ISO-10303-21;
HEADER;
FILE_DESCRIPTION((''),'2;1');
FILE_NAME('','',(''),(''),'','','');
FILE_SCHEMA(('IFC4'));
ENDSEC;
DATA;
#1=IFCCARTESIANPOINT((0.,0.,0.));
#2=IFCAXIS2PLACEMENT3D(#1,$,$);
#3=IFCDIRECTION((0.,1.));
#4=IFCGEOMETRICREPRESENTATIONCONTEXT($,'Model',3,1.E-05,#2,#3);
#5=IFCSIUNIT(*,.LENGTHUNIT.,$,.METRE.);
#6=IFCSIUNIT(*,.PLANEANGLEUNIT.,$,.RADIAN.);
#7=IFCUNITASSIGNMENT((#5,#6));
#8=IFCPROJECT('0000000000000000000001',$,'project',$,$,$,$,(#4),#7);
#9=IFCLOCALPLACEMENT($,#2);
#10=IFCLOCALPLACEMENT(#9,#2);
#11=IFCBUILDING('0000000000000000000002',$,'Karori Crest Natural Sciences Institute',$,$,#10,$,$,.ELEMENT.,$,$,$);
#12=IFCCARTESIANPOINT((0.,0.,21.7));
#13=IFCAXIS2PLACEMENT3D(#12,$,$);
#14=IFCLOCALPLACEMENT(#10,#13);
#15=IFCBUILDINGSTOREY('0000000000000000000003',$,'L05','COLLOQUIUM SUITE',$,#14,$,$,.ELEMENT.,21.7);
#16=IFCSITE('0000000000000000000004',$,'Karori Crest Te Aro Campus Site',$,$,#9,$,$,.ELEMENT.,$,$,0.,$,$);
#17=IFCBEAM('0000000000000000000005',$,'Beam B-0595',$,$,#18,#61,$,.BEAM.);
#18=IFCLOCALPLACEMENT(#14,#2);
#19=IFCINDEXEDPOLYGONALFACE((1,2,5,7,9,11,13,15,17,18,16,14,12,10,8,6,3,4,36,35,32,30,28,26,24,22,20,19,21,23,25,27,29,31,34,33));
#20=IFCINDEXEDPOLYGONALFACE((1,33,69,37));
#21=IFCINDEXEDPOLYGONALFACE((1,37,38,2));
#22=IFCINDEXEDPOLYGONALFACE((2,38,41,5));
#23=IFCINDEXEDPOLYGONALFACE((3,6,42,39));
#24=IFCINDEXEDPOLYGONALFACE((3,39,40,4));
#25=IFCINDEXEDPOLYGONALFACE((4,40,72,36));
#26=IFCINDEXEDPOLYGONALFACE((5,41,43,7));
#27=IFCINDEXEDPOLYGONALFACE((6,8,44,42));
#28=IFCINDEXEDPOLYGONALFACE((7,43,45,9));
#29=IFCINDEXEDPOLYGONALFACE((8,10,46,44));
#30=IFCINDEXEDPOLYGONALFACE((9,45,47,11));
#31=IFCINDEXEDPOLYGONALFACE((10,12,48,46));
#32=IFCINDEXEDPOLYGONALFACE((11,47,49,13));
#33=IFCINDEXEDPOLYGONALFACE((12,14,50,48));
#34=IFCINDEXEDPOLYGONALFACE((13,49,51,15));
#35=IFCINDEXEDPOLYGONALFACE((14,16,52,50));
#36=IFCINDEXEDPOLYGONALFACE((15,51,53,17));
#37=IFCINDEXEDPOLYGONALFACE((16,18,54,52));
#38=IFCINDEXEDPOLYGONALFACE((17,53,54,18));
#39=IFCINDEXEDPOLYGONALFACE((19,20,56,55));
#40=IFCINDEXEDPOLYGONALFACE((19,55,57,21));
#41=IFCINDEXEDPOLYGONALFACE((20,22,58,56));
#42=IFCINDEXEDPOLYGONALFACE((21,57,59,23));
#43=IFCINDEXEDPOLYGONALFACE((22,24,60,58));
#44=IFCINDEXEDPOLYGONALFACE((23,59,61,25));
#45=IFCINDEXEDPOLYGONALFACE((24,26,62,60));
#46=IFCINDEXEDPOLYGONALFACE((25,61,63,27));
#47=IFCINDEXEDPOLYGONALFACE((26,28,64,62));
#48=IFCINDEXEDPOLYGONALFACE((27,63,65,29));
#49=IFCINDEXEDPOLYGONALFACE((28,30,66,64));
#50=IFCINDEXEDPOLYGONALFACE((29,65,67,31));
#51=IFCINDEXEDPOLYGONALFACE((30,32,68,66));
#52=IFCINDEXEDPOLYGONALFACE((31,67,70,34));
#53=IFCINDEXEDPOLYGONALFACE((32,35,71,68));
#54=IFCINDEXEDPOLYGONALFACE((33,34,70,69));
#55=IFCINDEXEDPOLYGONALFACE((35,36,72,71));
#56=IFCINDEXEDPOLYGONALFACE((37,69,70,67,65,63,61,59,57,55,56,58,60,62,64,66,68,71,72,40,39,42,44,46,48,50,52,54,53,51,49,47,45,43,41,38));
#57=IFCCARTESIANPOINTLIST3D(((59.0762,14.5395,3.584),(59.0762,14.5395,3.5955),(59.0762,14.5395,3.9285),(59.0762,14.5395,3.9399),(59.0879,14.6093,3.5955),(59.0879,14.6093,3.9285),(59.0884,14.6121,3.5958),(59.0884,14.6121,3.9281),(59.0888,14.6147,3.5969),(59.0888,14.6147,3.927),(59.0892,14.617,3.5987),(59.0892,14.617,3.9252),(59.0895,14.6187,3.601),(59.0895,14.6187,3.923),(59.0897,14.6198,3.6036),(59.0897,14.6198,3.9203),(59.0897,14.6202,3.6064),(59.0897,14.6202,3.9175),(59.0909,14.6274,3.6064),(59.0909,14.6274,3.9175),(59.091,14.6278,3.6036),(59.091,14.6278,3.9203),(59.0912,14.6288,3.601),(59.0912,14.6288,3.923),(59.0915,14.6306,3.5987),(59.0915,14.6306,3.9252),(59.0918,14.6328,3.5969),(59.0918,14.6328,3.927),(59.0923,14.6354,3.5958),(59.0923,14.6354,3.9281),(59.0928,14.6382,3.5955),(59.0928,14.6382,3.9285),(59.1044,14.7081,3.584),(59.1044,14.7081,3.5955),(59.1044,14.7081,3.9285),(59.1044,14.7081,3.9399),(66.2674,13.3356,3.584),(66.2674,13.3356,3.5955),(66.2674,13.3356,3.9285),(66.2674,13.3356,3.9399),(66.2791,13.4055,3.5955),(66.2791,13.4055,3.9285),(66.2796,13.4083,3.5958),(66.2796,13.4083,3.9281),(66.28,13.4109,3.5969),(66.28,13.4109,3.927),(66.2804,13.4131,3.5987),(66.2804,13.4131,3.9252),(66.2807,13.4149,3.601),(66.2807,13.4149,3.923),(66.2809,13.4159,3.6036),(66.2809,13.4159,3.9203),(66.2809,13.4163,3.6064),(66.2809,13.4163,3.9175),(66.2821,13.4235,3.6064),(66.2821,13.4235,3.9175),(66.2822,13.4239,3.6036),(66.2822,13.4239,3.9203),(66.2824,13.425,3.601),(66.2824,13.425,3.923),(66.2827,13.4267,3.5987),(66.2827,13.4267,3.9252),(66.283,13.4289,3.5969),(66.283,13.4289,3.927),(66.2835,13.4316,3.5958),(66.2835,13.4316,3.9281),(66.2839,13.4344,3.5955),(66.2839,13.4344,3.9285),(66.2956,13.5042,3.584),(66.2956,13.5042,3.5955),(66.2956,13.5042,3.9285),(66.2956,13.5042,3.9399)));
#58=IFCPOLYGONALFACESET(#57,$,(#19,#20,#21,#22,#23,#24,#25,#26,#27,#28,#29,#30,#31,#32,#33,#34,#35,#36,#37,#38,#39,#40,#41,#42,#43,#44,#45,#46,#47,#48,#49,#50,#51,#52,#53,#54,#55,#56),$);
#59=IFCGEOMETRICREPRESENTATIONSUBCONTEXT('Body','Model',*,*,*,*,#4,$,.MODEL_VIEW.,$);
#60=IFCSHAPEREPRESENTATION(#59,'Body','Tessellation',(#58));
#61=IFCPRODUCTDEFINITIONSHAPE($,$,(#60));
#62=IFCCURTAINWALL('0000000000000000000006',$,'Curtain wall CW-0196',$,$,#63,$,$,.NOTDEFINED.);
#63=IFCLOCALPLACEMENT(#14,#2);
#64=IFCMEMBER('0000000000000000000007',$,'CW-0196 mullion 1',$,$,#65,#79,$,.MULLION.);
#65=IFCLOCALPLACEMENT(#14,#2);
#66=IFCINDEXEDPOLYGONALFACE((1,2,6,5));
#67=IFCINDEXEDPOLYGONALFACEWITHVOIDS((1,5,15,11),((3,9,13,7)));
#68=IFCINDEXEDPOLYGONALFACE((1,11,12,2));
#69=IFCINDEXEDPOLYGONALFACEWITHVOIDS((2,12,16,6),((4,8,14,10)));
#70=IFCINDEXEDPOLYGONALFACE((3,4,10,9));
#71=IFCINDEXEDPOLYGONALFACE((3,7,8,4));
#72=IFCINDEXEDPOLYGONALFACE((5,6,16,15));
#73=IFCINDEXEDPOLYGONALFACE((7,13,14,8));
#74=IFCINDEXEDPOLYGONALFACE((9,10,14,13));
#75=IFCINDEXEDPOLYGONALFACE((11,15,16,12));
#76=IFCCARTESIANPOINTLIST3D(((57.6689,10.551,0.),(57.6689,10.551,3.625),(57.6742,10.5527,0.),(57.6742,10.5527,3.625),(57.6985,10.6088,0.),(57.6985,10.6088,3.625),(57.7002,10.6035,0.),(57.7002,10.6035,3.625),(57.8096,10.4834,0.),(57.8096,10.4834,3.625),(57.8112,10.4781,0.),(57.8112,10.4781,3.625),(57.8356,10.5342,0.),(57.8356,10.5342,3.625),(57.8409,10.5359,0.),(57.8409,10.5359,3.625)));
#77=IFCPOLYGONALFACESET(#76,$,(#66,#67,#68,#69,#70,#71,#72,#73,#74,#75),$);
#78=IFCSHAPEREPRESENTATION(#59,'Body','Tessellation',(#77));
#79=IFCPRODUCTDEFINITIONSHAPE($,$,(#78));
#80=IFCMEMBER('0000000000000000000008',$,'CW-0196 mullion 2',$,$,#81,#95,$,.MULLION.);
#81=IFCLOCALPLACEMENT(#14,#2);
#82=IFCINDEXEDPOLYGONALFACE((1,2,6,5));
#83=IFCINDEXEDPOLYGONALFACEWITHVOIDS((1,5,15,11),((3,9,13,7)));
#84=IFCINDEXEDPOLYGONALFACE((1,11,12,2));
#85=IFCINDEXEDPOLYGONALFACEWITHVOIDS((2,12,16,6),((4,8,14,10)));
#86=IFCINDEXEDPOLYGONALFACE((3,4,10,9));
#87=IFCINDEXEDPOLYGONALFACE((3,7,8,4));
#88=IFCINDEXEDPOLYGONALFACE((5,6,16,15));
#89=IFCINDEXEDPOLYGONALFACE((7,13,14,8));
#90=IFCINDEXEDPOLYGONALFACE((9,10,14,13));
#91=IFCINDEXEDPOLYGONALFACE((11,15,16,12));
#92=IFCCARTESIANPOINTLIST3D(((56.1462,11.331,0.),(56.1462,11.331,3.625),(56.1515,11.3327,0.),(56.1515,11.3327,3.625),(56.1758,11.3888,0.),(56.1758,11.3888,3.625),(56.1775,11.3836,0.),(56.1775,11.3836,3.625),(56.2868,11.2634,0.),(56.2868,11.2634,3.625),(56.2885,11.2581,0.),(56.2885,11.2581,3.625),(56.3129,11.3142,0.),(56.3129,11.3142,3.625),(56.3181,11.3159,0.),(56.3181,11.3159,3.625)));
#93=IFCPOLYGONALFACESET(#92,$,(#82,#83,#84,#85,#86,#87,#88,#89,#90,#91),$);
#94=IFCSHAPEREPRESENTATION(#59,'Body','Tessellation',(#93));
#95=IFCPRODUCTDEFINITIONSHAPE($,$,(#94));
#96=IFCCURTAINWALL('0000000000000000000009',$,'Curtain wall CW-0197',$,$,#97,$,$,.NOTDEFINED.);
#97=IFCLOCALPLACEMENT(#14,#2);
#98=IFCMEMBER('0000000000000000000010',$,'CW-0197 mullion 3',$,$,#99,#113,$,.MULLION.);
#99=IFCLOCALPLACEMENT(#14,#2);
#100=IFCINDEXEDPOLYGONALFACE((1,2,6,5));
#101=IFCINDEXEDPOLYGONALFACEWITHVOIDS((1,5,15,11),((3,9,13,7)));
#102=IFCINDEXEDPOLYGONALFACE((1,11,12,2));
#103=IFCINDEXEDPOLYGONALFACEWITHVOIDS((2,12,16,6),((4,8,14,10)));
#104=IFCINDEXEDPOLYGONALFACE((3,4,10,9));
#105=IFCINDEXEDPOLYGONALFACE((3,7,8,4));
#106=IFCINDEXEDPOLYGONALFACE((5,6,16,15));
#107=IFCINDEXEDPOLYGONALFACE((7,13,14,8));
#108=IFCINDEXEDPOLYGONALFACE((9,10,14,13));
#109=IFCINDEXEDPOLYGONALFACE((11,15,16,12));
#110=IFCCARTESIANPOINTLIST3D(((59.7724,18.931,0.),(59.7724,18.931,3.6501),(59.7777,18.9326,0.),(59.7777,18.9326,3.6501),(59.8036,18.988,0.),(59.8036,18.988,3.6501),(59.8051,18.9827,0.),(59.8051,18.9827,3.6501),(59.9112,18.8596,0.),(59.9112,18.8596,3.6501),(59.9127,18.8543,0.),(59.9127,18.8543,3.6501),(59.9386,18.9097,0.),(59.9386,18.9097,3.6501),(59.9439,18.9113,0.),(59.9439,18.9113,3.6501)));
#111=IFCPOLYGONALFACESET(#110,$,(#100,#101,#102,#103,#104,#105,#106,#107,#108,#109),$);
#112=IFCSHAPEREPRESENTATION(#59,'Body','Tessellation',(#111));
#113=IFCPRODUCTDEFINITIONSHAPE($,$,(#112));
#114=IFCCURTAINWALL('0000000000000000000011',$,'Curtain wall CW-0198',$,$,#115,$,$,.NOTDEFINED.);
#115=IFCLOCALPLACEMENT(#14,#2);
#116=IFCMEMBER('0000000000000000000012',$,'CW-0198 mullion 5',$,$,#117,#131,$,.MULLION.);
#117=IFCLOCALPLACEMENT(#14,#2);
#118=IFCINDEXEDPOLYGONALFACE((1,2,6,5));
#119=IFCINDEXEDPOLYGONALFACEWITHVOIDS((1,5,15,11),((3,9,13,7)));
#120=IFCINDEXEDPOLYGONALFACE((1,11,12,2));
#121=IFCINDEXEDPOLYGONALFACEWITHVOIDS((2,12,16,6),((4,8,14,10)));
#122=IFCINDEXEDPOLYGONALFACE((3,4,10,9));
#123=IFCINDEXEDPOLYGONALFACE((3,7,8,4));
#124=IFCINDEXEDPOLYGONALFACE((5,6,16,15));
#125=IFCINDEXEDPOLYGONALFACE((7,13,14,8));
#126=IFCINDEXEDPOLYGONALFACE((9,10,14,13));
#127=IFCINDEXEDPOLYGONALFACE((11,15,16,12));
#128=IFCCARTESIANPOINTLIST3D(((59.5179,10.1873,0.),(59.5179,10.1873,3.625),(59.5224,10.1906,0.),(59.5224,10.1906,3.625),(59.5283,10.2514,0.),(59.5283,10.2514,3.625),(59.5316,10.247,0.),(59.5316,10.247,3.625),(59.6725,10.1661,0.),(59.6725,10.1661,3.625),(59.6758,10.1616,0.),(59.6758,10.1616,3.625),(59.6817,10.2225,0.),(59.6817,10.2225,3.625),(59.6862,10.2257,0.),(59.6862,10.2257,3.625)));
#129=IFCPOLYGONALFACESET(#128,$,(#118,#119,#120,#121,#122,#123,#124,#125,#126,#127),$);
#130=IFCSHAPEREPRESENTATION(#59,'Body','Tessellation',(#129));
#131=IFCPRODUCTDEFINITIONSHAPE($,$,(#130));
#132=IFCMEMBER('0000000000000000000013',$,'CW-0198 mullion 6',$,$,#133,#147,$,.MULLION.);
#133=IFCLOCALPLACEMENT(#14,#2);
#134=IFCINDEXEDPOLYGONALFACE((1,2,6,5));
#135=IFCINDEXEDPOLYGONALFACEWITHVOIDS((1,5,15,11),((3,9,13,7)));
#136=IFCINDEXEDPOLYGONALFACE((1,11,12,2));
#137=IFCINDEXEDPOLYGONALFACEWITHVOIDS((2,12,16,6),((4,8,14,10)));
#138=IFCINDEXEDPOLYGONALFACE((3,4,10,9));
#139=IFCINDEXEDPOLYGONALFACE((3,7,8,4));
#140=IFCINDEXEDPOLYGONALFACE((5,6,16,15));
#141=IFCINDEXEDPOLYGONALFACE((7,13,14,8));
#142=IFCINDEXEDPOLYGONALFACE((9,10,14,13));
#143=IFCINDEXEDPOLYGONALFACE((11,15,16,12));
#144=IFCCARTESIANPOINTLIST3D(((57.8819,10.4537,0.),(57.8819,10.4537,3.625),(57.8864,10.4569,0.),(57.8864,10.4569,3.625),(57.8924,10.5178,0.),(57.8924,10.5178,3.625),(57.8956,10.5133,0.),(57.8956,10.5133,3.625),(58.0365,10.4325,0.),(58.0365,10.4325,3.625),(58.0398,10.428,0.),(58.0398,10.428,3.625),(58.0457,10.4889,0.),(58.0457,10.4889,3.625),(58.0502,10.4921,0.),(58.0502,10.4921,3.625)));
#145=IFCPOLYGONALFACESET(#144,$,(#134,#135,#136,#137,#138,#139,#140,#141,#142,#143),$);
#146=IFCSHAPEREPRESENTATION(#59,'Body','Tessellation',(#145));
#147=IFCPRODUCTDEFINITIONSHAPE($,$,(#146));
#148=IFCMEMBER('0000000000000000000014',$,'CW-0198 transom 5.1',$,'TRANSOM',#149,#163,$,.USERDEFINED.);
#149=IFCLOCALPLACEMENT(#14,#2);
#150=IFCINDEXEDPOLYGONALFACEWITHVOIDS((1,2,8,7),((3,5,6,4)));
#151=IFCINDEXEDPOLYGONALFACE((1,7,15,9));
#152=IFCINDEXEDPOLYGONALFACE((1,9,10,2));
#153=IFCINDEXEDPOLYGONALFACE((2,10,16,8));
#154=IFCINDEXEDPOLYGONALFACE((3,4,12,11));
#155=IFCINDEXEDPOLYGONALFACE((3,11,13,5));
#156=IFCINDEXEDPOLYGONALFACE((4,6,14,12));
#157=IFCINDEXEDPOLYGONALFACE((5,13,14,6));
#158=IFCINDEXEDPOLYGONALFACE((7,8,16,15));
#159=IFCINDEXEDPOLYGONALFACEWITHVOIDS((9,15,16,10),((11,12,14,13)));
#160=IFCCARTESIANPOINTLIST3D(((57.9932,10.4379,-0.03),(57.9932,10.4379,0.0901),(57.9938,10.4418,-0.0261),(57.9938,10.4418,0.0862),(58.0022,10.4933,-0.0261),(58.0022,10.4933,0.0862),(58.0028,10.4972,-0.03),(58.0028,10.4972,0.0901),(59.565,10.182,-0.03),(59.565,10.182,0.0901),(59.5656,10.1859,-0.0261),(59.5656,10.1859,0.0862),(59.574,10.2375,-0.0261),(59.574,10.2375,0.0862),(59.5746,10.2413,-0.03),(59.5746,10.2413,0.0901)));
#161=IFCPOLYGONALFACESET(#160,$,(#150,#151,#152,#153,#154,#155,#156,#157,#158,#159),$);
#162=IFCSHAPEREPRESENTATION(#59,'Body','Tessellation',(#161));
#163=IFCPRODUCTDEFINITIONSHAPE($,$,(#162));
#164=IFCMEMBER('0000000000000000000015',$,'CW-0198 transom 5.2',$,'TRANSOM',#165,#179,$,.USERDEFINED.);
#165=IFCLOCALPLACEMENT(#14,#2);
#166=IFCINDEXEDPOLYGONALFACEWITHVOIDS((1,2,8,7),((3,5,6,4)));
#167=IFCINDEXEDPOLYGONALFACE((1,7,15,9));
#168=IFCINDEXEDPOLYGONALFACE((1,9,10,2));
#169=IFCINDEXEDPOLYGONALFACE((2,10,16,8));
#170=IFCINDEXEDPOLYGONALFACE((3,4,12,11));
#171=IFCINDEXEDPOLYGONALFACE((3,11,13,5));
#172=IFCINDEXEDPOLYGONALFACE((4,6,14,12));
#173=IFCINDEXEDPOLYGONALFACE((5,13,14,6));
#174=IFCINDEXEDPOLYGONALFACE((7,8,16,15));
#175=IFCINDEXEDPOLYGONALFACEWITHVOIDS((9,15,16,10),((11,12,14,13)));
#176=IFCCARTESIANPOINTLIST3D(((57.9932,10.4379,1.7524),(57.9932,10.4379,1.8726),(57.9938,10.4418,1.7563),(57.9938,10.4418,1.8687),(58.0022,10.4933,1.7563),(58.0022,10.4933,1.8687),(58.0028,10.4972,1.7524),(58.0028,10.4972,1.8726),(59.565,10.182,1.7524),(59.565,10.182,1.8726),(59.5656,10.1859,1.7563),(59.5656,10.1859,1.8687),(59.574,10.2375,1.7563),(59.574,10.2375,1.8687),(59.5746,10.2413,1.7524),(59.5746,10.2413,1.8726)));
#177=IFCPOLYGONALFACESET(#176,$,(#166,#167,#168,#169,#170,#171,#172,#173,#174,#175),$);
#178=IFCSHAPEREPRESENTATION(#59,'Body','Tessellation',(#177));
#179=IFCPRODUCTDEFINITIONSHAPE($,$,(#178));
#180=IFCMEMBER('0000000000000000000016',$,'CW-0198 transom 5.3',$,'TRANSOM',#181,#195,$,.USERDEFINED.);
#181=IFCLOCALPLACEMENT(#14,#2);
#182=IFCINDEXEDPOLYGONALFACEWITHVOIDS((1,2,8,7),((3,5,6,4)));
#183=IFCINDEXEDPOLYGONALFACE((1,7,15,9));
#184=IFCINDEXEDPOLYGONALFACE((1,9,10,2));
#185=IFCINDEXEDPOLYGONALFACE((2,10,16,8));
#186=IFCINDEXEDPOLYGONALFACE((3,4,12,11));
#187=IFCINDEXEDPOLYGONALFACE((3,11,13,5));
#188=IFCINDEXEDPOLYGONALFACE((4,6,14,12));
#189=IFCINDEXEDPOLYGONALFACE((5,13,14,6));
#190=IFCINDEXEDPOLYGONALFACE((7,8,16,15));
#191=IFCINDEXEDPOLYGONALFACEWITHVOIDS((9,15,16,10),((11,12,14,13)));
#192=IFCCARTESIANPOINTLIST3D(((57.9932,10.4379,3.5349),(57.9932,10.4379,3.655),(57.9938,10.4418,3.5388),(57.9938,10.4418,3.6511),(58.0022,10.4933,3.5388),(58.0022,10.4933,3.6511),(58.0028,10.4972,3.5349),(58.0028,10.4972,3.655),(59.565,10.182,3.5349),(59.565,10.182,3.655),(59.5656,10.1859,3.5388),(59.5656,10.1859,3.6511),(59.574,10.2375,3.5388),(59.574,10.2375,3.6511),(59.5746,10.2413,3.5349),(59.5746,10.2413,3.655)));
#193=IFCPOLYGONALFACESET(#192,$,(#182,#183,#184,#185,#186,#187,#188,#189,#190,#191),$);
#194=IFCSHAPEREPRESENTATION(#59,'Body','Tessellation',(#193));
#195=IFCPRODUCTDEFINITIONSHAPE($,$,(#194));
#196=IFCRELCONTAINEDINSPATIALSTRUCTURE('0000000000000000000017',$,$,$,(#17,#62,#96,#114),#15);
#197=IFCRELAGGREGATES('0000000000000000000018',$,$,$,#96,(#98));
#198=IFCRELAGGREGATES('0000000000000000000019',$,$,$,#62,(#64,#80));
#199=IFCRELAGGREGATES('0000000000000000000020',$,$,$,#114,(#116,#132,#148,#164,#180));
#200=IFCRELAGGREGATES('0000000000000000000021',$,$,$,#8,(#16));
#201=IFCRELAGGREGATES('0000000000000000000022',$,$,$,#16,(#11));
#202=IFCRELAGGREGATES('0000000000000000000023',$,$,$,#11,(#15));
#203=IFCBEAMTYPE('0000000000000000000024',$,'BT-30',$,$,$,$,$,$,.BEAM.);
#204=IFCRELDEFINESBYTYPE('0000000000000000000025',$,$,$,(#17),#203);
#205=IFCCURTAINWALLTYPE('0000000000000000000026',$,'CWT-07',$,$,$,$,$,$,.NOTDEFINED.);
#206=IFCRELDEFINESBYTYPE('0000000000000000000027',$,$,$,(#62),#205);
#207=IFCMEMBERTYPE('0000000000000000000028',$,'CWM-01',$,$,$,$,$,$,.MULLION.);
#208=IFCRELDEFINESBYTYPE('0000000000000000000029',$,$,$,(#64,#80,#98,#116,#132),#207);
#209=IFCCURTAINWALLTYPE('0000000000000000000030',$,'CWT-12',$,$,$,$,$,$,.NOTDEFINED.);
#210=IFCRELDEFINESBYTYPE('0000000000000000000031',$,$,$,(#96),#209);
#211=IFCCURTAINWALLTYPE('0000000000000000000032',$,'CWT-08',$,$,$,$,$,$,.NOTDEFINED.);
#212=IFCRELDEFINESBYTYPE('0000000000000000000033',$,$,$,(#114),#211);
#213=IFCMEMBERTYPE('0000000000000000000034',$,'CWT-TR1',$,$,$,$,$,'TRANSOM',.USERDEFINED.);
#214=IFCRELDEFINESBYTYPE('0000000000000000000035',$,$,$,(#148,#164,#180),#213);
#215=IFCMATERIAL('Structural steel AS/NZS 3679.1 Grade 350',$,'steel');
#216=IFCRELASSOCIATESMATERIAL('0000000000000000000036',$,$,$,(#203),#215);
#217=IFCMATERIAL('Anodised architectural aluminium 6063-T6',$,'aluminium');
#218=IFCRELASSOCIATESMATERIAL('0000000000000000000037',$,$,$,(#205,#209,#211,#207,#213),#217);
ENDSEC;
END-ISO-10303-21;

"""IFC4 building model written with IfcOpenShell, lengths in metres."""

from ifc_helpers import new_model, si_unit, direction, frame, origin, origin_2d, place, context, subcontext, project, spatial, hollow_rectangle, i_section, extrude, material, material_profile, profile_set, type_object, element, aggregate, save


model = new_model("IFC4")

# Units and contexts
model_context = context("Model", 3, precision=1e-05, world=origin(), true_north=direction((0.0, 1.0)))
body_context = subcontext(model_context, "Body", "Model", "MODEL_VIEW")
ifc_project = project(units=[si_unit("LENGTHUNIT", "METRE"), si_unit("PLANEANGLEUNIT", "RADIAN")], contexts=[model_context])

# Site, building, storey
site_placement = place(None, origin())
site = spatial("IfcSite", under=ifc_project, at=site_placement, Name="Karori Crest Te Aro Campus Site", CompositionType="ELEMENT", RefElevation=0.0)
building_placement = place(site_placement, origin())
building = spatial("IfcBuilding", under=site, at=building_placement, Name="Karori Crest Natural Sciences Institute", CompositionType="ELEMENT")
storey_placement = place(building_placement, frame((0.0, 0.0, 21.7)))
storey = spatial("IfcBuildingStorey", under=building, at=storey_placement, Name="L05", Description="COLLOQUIUM SUITE", CompositionType="ELEMENT", Elevation=21.7)

# Shared definitions
ifc_material_1 = material(Name="Structural steel AS/NZS 3679.1 Grade 350", Category="steel")

# Beam
ifc_material_profile_1 = material_profile(ifc_material_1, i_section(OverallWidth=0.1709, OverallDepth=0.356, WebThickness=0.0073, FlangeThickness=0.0115, FilletRadius=0.011, at=origin_2d()), Name="360UB50.7")
ifc_profile_set_1 = profile_set([ifc_material_profile_1], Name="Structural steel AS/NZS 3679.1 Grade 350")
beam_type_1 = type_object("IfcBeamType", Name="BT-30", PredefinedType="BEAM", material=ifc_profile_set_1)
beam_1_placement = place(storey_placement, frame((59.0903, 14.6238, 3.762), z_axis=(0.986275, -0.16511, 0.0), x_axis=(0.16511, 0.986275, 0.0)))
element("IfcBeam", 1, at=beam_1_placement, inside=storey, type_object=beam_type_1, Name="Beam B-0595", PredefinedType="BEAM", context=body_context, shape_type="SweptSolid", body=[
    extrude(i_section(OverallWidth=0.1709, OverallDepth=0.356, WebThickness=0.0073, FlangeThickness=0.0115, FilletRadius=0.011, at=origin_2d()), origin(), (0.0, 0.0, 1.0), 7.2913),
])

# Curtain wall, members
ifc_material_2 = material(Name="Anodised architectural aluminium 6063-T6", Category="aluminium")
curtain_wall_type_1 = type_object("IfcCurtainWallType", Name="CWT-07", PredefinedType="NOTDEFINED", material=ifc_material_2)
curtain_wall_1_placement = place(storey_placement, origin())
curtain_wall_1 = element("IfcCurtainWall", 2, at=curtain_wall_1_placement, inside=storey, type_object=curtain_wall_type_1, Name="Curtain wall CW-0196", PredefinedType="NOTDEFINED")
ifc_material_profile_2 = material_profile(ifc_material_2, hollow_rectangle(XDim=0.0649, YDim=0.1599, WallThickness=0.0039, at=origin_2d()), Name="CWM160x65x4")
ifc_profile_set_2 = profile_set([ifc_material_profile_2], Name="Anodised architectural aluminium 6063-T6")
member_type_1 = type_object("IfcMemberType", Name="CWM-01", PredefinedType="MULLION", material=ifc_profile_set_2)
member_1_placement = place(storey_placement, frame((57.7549, 10.5435, 0.0), z_axis=(0.0, 0.0, 1.0), x_axis=(-0.455829, -0.890067, 0.0)))
member_1 = element("IfcMember", 3, at=member_1_placement, type_object=member_type_1, Name="CW-0196 mullion 1", PredefinedType="MULLION", context=body_context, shape_type="SweptSolid", body=[
    extrude(hollow_rectangle(XDim=0.0649, YDim=0.1599, WallThickness=0.0039, at=origin_2d()), origin(), (0.0, 0.0, 1.0), 3.625),
])
member_2_placement = place(storey_placement, frame((56.2322, 11.3235, 0.0), z_axis=(0.0, 0.0, 1.0), x_axis=(-0.455829, -0.890067, 0.0)))
member_2 = element("IfcMember", 4, at=member_2_placement, type_object=member_type_1, Name="CW-0196 mullion 2", PredefinedType="MULLION", context=body_context, shape_type="SweptSolid", body=[
    extrude(hollow_rectangle(XDim=0.0649, YDim=0.1599, WallThickness=0.0039, at=origin_2d()), origin(), (0.0, 0.0, 1.0), 3.625),
])

# Curtain wall, member
curtain_wall_type_2 = type_object("IfcCurtainWallType", Name="CWT-12", PredefinedType="NOTDEFINED", material=ifc_material_2)
curtain_wall_2_placement = place(storey_placement, origin())
curtain_wall_2 = element("IfcCurtainWall", 5, at=curtain_wall_2_placement, inside=storey, type_object=curtain_wall_type_2, Name="Curtain wall CW-0197", PredefinedType="NOTDEFINED")
member_3_placement = place(storey_placement, frame((59.8582, 18.9211, 0.0), z_axis=(0.0, 0.0, 1.0), x_axis=(0.479631, 0.87747, 0.0)))
member_3 = element("IfcMember", 6, at=member_3_placement, type_object=member_type_1, Name="CW-0197 mullion 3", PredefinedType="MULLION", context=body_context, shape_type="SweptSolid", body=[
    extrude(hollow_rectangle(XDim=0.0649, YDim=0.1599, WallThickness=0.0039, at=origin_2d()), origin(), (0.0, 0.0, 1.0), 3.6501),
])

# Curtain wall, members
curtain_wall_type_3 = type_object("IfcCurtainWallType", Name="CWT-08", PredefinedType="NOTDEFINED", material=ifc_material_2)
curtain_wall_3_placement = place(storey_placement, origin())
curtain_wall_3 = element("IfcCurtainWall", 7, at=curtain_wall_3_placement, inside=storey, type_object=curtain_wall_type_3, Name="Curtain wall CW-0198", PredefinedType="NOTDEFINED")
member_4_placement = place(storey_placement, frame((59.6021, 10.2065, 0.0), z_axis=(0.0, 0.0, 1.0), x_axis=(-0.160655, -0.987011, 0.0)))
member_4 = element("IfcMember", 8, at=member_4_placement, type_object=member_type_1, Name="CW-0198 mullion 5", PredefinedType="MULLION", context=body_context, shape_type="SweptSolid", body=[
    extrude(hollow_rectangle(XDim=0.0649, YDim=0.1599, WallThickness=0.0039, at=origin_2d()), origin(), (0.0, 0.0, 1.0), 3.625),
])
member_5_placement = place(storey_placement, frame((57.9661, 10.4729, 0.0), z_axis=(0.0, 0.0, 1.0), x_axis=(-0.160655, -0.987011, 0.0)))
member_5 = element("IfcMember", 9, at=member_5_placement, type_object=member_type_1, Name="CW-0198 mullion 6", PredefinedType="MULLION", context=body_context, shape_type="SweptSolid", body=[
    extrude(hollow_rectangle(XDim=0.0649, YDim=0.1599, WallThickness=0.0039, at=origin_2d()), origin(), (0.0, 0.0, 1.0), 3.625),
])
ifc_material_profile_3 = material_profile(ifc_material_2, hollow_rectangle(XDim=0.0601, YDim=0.1201, WallThickness=0.0039, at=origin_2d()), Name="CWT120x60x4")
ifc_profile_set_3 = profile_set([ifc_material_profile_3], Name="Anodised architectural aluminium 6063-T6")
member_type_2 = type_object("IfcMemberType", Name="CWT-TR1", ElementType="TRANSOM", PredefinedType="USERDEFINED", material=ifc_profile_set_3)
member_6_placement = place(storey_placement, frame((59.5698, 10.2117, 0.03), z_axis=(-0.987008, 0.160669, 0.0), x_axis=(-0.160669, -0.987008, 0.0)))
member_6 = element("IfcMember", 10, at=member_6_placement, type_object=member_type_2, Name="CW-0198 transom 5.1", ObjectType="TRANSOM", PredefinedType="USERDEFINED", context=body_context, shape_type="SweptSolid", body=[
    extrude(hollow_rectangle(XDim=0.0601, YDim=0.1201, WallThickness=0.0039, at=origin_2d()), origin(), (0.0, 0.0, 1.0), 1.5925),
])
member_7_placement = place(storey_placement, frame((59.5698, 10.2117, 1.8125), z_axis=(-0.987008, 0.160669, 0.0), x_axis=(-0.160669, -0.987008, 0.0)))
member_7 = element("IfcMember", 11, at=member_7_placement, type_object=member_type_2, Name="CW-0198 transom 5.2", ObjectType="TRANSOM", PredefinedType="USERDEFINED", context=body_context, shape_type="SweptSolid", body=[
    extrude(hollow_rectangle(XDim=0.0601, YDim=0.1201, WallThickness=0.0039, at=origin_2d()), origin(), (0.0, 0.0, 1.0), 1.5925),
])
member_8_placement = place(storey_placement, frame((59.5698, 10.2117, 3.595), z_axis=(-0.987008, 0.160669, 0.0), x_axis=(-0.160669, -0.987008, 0.0)))
member_8 = element("IfcMember", 12, at=member_8_placement, type_object=member_type_2, Name="CW-0198 transom 5.3", ObjectType="TRANSOM", PredefinedType="USERDEFINED", context=body_context, shape_type="SweptSolid", body=[
    extrude(hollow_rectangle(XDim=0.0601, YDim=0.1201, WallThickness=0.0039, at=origin_2d()), origin(), (0.0, 0.0, 1.0), 1.5925),
])

aggregate(curtain_wall_2, [member_3])
aggregate(curtain_wall_1, [member_1, member_2])
aggregate(curtain_wall_3, [member_4, member_5, member_6, member_7, member_8])

save(model, "model.ifc")
